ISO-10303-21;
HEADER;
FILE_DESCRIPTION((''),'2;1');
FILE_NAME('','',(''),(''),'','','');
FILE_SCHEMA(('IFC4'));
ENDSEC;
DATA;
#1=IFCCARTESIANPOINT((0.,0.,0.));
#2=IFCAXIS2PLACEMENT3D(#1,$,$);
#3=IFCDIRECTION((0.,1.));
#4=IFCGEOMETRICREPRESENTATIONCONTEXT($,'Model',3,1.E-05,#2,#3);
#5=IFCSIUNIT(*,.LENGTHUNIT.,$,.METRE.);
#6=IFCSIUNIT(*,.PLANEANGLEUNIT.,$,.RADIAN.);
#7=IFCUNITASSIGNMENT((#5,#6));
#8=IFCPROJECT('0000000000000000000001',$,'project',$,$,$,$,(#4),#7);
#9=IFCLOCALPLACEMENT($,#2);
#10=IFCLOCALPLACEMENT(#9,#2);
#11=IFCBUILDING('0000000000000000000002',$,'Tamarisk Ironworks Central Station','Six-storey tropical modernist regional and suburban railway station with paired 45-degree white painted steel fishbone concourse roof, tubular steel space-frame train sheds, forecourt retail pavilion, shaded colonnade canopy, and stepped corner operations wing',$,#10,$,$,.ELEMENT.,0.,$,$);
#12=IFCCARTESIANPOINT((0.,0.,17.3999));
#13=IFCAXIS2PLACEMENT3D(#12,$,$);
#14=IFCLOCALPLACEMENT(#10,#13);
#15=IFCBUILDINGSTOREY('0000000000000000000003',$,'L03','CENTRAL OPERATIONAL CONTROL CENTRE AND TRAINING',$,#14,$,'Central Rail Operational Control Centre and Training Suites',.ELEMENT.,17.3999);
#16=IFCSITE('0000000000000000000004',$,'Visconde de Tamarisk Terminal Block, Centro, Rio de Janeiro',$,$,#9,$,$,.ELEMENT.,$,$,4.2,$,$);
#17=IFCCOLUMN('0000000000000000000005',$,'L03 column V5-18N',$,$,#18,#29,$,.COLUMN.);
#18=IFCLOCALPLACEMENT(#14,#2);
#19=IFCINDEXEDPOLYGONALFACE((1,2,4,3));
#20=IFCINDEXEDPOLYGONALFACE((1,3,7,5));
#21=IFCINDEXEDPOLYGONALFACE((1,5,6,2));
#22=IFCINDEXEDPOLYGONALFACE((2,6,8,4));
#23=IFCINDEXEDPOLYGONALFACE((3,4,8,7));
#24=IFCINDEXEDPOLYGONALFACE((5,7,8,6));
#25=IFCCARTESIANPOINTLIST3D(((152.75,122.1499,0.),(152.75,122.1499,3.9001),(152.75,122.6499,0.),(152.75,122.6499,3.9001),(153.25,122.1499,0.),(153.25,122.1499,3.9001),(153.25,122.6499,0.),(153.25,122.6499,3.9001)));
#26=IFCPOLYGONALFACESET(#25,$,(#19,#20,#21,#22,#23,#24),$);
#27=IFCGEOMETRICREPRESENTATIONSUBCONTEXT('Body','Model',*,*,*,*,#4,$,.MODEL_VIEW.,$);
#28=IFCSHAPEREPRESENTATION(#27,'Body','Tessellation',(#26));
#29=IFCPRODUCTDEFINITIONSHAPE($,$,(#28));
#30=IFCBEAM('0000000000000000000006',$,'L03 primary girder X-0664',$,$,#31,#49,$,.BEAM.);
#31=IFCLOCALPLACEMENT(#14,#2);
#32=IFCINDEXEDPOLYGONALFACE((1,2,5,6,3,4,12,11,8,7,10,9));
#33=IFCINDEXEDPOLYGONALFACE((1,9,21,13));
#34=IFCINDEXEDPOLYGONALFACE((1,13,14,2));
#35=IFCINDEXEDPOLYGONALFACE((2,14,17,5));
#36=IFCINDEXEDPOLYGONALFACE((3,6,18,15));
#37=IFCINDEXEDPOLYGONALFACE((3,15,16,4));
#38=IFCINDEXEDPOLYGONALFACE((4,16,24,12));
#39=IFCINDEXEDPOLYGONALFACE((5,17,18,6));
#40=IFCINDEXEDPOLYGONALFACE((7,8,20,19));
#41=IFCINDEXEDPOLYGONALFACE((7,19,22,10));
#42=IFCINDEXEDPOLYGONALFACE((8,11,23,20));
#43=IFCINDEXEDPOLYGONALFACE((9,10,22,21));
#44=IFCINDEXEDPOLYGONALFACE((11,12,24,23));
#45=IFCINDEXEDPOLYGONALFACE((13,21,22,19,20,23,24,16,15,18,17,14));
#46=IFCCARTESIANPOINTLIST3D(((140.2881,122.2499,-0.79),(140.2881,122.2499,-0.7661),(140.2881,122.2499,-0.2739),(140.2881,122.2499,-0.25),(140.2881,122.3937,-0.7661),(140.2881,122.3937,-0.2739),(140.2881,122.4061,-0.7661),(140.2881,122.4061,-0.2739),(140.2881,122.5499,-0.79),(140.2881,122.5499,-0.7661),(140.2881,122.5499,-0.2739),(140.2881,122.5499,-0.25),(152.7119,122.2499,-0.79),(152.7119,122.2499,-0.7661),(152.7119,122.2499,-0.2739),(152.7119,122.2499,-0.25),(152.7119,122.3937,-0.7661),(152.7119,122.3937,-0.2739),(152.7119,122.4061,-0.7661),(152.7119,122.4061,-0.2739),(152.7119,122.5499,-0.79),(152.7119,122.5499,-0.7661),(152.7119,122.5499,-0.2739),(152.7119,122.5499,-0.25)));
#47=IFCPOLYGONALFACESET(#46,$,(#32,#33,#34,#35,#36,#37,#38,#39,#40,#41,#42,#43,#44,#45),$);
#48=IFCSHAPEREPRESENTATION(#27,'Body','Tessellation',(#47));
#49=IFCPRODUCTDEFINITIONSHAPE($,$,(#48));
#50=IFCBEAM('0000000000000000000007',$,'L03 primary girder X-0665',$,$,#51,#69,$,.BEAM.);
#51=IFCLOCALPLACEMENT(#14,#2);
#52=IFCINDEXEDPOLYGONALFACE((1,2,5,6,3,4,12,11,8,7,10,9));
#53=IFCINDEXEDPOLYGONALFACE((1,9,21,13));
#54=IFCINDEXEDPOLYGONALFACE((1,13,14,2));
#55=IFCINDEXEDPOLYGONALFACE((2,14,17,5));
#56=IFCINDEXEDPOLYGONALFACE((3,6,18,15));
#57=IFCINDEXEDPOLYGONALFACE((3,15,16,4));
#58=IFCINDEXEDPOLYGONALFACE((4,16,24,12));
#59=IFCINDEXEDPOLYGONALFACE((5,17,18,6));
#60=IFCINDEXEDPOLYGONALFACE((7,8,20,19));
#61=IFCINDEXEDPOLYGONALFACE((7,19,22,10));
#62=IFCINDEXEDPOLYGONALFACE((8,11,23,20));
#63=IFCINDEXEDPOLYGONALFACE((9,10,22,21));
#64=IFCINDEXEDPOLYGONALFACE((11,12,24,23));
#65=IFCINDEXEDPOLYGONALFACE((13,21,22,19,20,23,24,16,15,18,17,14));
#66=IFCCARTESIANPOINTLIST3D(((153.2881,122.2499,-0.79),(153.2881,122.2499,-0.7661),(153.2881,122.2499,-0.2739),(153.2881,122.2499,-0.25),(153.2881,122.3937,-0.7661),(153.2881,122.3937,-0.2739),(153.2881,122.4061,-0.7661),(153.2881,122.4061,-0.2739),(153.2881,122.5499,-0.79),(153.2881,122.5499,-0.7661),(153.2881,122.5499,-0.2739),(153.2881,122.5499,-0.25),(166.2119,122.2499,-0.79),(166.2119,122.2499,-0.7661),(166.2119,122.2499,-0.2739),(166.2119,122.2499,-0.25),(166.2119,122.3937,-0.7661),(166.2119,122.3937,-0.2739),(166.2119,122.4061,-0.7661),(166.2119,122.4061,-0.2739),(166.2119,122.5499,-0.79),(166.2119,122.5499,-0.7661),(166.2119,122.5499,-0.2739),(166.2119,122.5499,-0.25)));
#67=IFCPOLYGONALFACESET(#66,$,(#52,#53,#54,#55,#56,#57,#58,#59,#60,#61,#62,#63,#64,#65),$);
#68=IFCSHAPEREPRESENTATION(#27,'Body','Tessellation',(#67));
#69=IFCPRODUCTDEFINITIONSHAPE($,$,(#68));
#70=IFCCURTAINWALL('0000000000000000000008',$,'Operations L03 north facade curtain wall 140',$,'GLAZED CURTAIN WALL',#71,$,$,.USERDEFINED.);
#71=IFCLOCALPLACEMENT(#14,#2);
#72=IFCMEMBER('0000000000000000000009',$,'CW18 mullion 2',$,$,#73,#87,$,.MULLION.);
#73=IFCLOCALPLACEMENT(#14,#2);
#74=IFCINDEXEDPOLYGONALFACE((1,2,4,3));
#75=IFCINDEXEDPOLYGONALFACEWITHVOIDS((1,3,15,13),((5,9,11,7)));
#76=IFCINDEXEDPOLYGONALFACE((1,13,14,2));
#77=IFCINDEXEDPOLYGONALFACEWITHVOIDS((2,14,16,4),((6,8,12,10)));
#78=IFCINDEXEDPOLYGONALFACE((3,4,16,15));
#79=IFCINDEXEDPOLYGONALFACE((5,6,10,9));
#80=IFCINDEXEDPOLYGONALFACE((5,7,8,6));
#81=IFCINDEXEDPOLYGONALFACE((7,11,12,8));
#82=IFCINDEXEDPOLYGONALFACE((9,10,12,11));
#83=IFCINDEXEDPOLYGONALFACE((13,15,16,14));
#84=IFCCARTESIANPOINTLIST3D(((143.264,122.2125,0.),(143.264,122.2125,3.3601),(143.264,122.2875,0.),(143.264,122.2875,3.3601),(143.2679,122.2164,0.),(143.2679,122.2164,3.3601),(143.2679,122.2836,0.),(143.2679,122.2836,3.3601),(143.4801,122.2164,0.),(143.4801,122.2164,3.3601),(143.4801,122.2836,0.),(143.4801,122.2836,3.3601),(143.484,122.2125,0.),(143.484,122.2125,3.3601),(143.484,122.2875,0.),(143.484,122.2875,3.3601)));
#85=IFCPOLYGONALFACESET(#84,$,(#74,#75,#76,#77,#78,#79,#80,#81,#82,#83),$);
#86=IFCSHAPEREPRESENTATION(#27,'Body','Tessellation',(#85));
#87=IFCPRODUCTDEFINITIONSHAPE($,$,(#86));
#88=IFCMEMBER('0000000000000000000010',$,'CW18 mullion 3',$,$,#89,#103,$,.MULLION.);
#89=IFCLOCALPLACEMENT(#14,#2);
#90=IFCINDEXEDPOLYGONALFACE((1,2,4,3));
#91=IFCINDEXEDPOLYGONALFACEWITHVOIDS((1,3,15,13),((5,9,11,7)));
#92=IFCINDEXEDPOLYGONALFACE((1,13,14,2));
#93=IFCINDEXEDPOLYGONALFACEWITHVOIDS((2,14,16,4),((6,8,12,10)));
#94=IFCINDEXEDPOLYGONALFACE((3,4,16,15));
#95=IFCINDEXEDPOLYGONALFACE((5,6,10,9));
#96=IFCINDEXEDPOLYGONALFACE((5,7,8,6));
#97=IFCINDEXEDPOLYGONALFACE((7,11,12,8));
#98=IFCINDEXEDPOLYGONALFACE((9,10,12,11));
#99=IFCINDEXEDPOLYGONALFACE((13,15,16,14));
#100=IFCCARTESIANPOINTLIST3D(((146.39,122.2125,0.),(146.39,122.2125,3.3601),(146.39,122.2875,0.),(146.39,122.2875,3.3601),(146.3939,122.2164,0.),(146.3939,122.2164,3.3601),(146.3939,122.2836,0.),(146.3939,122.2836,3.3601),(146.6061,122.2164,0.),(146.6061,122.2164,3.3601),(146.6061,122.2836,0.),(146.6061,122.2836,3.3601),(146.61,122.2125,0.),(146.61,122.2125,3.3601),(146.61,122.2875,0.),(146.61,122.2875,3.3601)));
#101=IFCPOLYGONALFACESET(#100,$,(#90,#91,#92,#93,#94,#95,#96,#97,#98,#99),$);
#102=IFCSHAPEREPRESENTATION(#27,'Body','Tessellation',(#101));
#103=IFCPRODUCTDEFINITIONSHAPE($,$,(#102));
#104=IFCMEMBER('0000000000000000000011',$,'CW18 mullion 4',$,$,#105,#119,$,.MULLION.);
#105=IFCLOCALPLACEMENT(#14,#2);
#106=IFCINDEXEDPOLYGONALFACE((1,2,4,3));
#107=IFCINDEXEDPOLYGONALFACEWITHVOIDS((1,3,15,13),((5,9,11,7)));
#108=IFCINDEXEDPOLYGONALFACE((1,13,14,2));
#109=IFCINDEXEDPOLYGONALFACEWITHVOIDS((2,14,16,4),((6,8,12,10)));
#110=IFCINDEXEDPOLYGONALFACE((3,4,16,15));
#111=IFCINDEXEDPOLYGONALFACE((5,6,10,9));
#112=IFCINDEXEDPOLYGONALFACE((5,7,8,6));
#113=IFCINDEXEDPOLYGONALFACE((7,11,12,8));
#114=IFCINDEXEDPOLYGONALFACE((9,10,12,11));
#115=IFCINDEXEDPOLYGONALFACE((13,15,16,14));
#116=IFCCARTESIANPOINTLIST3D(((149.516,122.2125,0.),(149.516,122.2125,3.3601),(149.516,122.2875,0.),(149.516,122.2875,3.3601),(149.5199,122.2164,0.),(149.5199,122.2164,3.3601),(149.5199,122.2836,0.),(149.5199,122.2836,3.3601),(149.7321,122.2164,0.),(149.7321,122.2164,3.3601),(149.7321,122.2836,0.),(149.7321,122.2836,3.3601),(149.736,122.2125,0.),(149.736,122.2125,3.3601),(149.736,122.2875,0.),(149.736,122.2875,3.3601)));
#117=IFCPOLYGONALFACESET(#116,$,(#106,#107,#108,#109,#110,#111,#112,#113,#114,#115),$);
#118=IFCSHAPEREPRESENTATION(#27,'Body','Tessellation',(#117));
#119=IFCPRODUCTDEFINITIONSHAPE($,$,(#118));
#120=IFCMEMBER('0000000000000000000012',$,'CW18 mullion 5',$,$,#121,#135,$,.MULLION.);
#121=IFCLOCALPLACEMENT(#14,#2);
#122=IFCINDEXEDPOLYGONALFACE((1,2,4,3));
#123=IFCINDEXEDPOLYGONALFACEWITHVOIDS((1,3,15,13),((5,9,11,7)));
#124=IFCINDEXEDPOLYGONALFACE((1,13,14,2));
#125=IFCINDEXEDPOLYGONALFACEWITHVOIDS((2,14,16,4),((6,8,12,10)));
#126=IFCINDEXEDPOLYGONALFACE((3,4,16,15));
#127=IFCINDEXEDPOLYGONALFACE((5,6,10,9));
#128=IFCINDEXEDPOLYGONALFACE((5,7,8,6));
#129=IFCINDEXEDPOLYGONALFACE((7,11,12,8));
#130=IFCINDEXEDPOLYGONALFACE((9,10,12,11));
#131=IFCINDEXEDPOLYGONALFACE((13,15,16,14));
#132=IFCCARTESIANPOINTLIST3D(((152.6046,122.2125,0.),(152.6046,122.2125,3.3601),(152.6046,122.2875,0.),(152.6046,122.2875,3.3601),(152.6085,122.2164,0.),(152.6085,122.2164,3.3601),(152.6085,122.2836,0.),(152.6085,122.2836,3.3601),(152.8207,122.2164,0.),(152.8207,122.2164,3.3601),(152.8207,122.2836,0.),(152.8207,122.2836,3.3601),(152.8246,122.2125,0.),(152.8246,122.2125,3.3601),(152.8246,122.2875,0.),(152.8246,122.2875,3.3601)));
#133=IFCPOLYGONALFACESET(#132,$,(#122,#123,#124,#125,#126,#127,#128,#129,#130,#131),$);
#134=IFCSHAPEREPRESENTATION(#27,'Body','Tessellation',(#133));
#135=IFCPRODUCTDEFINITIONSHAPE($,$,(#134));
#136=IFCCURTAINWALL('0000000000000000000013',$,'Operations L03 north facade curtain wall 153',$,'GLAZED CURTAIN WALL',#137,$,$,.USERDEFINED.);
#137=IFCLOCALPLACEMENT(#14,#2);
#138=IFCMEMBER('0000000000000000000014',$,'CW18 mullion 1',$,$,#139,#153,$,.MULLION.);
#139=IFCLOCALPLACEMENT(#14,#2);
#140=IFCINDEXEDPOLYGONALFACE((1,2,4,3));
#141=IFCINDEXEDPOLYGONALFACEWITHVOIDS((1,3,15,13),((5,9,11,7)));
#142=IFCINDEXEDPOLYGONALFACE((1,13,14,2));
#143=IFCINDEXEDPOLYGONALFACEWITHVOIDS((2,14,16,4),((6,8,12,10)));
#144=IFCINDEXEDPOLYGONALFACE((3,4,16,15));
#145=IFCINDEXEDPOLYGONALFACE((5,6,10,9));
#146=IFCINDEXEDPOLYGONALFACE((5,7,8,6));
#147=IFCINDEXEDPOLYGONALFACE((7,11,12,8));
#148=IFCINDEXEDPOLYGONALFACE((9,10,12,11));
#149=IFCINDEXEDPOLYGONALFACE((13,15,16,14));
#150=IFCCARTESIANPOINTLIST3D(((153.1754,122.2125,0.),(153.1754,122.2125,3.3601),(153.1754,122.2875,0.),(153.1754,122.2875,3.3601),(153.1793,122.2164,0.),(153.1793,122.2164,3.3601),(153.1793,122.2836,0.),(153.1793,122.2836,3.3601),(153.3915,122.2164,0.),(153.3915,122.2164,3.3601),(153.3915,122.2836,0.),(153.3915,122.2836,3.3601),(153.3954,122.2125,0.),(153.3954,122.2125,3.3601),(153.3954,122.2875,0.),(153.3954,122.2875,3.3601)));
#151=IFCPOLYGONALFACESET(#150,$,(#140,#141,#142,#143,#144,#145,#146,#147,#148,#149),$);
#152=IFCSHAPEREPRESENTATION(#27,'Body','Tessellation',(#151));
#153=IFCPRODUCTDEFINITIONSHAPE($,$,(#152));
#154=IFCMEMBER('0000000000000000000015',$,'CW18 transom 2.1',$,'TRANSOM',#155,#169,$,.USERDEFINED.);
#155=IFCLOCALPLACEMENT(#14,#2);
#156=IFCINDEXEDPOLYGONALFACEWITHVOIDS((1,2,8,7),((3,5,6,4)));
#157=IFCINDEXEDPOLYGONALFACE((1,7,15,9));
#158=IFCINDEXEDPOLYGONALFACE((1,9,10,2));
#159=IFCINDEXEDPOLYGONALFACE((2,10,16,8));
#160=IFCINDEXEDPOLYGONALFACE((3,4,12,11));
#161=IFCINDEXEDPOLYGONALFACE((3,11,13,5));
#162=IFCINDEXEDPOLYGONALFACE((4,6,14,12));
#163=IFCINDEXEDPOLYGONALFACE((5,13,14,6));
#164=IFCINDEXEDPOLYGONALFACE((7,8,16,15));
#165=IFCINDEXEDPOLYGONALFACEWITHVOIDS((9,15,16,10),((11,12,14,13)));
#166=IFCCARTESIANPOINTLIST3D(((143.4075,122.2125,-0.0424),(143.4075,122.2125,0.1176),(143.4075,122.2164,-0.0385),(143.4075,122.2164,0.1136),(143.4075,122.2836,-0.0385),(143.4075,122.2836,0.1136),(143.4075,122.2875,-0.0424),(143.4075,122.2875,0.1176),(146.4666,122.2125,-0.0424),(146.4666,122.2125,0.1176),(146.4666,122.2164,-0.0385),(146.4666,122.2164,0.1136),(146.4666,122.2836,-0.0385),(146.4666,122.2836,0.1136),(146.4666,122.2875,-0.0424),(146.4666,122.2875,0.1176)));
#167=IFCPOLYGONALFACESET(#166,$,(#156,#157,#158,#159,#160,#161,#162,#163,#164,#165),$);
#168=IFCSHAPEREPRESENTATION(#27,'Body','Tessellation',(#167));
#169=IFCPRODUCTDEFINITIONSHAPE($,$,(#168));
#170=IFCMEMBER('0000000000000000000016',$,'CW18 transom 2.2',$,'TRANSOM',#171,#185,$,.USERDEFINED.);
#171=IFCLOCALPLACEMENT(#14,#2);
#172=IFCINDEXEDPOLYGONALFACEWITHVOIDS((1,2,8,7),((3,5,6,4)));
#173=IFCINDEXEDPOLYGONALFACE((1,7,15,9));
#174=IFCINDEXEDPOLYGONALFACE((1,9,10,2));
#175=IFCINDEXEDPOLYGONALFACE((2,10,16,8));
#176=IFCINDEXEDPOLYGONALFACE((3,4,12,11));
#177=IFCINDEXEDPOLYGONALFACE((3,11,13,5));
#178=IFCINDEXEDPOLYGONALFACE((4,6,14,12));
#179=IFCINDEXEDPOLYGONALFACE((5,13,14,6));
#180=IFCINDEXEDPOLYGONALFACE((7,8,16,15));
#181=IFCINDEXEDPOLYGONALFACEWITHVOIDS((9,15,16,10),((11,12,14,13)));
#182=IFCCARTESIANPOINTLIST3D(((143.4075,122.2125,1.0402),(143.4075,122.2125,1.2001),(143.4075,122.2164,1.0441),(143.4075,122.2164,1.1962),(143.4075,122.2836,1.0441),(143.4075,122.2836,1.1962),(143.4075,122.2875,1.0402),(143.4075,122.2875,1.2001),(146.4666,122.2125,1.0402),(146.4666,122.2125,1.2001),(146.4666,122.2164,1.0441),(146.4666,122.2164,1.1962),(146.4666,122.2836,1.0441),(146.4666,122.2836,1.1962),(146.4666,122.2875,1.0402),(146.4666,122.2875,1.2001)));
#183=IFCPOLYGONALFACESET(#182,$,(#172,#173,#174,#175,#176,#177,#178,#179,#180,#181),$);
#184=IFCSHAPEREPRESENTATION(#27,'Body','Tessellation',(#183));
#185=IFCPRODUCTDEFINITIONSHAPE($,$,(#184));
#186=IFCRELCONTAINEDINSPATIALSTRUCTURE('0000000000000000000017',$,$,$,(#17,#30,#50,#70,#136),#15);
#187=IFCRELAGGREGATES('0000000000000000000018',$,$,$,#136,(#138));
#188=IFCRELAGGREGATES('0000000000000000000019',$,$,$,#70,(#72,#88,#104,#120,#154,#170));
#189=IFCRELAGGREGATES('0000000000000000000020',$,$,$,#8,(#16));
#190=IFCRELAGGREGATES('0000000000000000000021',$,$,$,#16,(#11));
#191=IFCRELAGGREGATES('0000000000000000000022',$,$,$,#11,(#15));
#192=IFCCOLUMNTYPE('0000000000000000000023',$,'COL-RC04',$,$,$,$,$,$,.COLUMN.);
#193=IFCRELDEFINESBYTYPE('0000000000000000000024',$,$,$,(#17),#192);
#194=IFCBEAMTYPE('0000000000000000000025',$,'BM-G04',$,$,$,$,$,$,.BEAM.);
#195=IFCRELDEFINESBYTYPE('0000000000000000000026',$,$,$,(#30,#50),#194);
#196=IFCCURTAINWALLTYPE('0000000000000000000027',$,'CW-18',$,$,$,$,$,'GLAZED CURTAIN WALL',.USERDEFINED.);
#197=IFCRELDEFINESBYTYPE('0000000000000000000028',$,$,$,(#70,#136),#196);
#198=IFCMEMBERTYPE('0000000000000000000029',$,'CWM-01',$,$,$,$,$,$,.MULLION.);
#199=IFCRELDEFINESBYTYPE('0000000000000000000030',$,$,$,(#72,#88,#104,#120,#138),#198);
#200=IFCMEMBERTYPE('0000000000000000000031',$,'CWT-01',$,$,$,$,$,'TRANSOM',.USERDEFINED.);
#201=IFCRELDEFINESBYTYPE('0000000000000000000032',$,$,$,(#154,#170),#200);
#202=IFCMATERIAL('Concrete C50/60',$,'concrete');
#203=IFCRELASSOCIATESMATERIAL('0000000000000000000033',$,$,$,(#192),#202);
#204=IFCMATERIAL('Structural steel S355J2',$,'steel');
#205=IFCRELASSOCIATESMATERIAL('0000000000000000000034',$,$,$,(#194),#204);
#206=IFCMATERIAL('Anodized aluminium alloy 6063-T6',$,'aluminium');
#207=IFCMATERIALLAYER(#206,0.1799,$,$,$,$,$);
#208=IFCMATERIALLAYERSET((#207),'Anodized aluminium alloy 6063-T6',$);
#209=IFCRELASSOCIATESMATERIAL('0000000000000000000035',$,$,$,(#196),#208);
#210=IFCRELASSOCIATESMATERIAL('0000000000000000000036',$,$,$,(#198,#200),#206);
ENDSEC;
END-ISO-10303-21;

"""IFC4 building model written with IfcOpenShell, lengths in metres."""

from ifc_helpers import new_model, si_unit, direction, frame, origin, origin_2d, place, context, subcontext, project, spatial, rectangle, hollow_rectangle, i_section, extrude, material, layer, layer_set, material_profile, profile_set, type_object, element, aggregate, save


model = new_model("IFC4")

# Units and contexts
model_context = context("Model", 3, precision=1e-05, world=origin(), true_north=direction((0.0, 1.0)))
body_context = subcontext(model_context, "Body", "Model", "MODEL_VIEW")
ifc_project = project(units=[si_unit("LENGTHUNIT", "METRE"), si_unit("PLANEANGLEUNIT", "RADIAN")], contexts=[model_context])

# Site, building, storey
site_placement = place(None, origin())
site = spatial("IfcSite", under=ifc_project, at=site_placement, Name="Visconde de Tamarisk Terminal Block, Centro, Rio de Janeiro", CompositionType="ELEMENT", RefElevation=4.2)
building_placement = place(site_placement, origin())
building = spatial("IfcBuilding", under=site, at=building_placement, Name="Tamarisk Ironworks Central Station", Description="Six-storey tropical modernist regional and suburban railway station with paired 45-degree white painted steel fishbone concourse roof, tubular steel space-frame train sheds, forecourt retail pavilion, shaded colonnade canopy, and stepped corner operations wing", CompositionType="ELEMENT", ElevationOfRefHeight=0.0)
storey_placement = place(building_placement, frame((0.0, 0.0, 17.3999)))
storey = spatial("IfcBuildingStorey", under=building, at=storey_placement, Name="L03", Description="CENTRAL OPERATIONAL CONTROL CENTRE AND TRAINING", LongName="Central Rail Operational Control Centre and Training Suites", CompositionType="ELEMENT", Elevation=17.3999)

# Column
ifc_material_1 = material(Name="Concrete C50/60", Category="concrete")
ifc_material_profile_1 = material_profile(ifc_material_1, rectangle(XDim=0.5, YDim=0.5, at=origin_2d()), Name="RC 500x500")
ifc_profile_set_1 = profile_set([ifc_material_profile_1], Name="Concrete C50/60")
column_type = type_object("IfcColumnType", Name="COL-RC04", PredefinedType="COLUMN", material=ifc_profile_set_1)
column_placement = place(storey_placement, frame((153.0, 122.3999, 0.0), z_axis=(0.0, 0.0, 1.0), x_axis=(1.0, 0.0, 0.0)))
element("IfcColumn", 1, at=column_placement, inside=storey, type_object=column_type, Name="L03 column V5-18N", PredefinedType="COLUMN", context=body_context, shape_type="SweptSolid", body=[
    extrude(rectangle(XDim=0.5, YDim=0.5, at=origin_2d()), origin(), (0.0, 0.0, 1.0), 3.9001),
])

# Beams
ifc_material_2 = material(Name="Structural steel S355J2", Category="steel")
ifc_material_profile_2 = material_profile(ifc_material_2, i_section(OverallWidth=0.3, OverallDepth=0.54, WebThickness=0.0125, FlangeThickness=0.0239, at=origin_2d()), Name="HEA 550")
ifc_profile_set_2 = profile_set([ifc_material_profile_2], Name="Structural steel S355J2")
beam_type = type_object("IfcBeamType", Name="BM-G04", PredefinedType="BEAM", material=ifc_profile_set_2)
beam_1_placement = place(storey_placement, frame((140.2881, 122.3999, -0.52), z_axis=(1.0, 0.0, 0.0), x_axis=(0.0, 1.0, 0.0)))
element("IfcBeam", 2, at=beam_1_placement, inside=storey, type_object=beam_type, Name="L03 primary girder X-0664", PredefinedType="BEAM", context=body_context, shape_type="SweptSolid", body=[
    extrude(i_section(OverallWidth=0.3, OverallDepth=0.54, WebThickness=0.0125, FlangeThickness=0.0239, at=origin_2d()), origin(), (0.0, 0.0, 1.0), 12.4238),
])
beam_2_placement = place(storey_placement, frame((153.2881, 122.3999, -0.52), z_axis=(1.0, 0.0, 0.0), x_axis=(0.0, 1.0, 0.0)))
element("IfcBeam", 3, at=beam_2_placement, inside=storey, type_object=beam_type, Name="L03 primary girder X-0665", PredefinedType="BEAM", context=body_context, shape_type="SweptSolid", body=[
    extrude(i_section(OverallWidth=0.3, OverallDepth=0.54, WebThickness=0.0125, FlangeThickness=0.0239, at=origin_2d()), origin(), (0.0, 0.0, 1.0), 12.9238),
])

# Curtain wall, members
ifc_material_3 = material(Name="Anodized aluminium alloy 6063-T6", Category="aluminium")
ifc_layer_1 = layer(ifc_material_3, 0.1799)
ifc_layer_set_1 = layer_set([ifc_layer_1], Name="Anodized aluminium alloy 6063-T6")
curtain_wall_type = type_object("IfcCurtainWallType", Name="CW-18", ElementType="GLAZED CURTAIN WALL", PredefinedType="USERDEFINED", material=ifc_layer_set_1)
curtain_wall_1_placement = place(storey_placement, origin())
curtain_wall_1 = element("IfcCurtainWall", 4, at=curtain_wall_1_placement, inside=storey, type_object=curtain_wall_type, Name="Operations L03 north facade curtain wall 140", ObjectType="GLAZED CURTAIN WALL", PredefinedType="USERDEFINED")
ifc_material_profile_3 = material_profile(ifc_material_3, hollow_rectangle(XDim=0.075, YDim=0.22, WallThickness=0.0039, at=origin_2d()), Name="ALUM 220x75")
ifc_profile_set_3 = profile_set([ifc_material_profile_3], Name="Anodized aluminium alloy 6063-T6")
member_type_1 = type_object("IfcMemberType", Name="CWM-01", PredefinedType="MULLION", material=ifc_profile_set_3)
member_1_placement = place(storey_placement, frame((143.374, 122.25, 0.0), z_axis=(0.0, 0.0, 1.0), x_axis=(0.0, 1.0, 0.0)))
member_1 = element("IfcMember", 5, at=member_1_placement, type_object=member_type_1, Name="CW18 mullion 2", PredefinedType="MULLION", context=body_context, shape_type="SweptSolid", body=[
    extrude(hollow_rectangle(XDim=0.075, YDim=0.22, WallThickness=0.0039, at=origin_2d()), origin(), (0.0, 0.0, 1.0), 3.3601),
])
member_2_placement = place(storey_placement, frame((146.5, 122.25, 0.0), z_axis=(0.0, 0.0, 1.0), x_axis=(0.0, 1.0, 0.0)))
member_2 = element("IfcMember", 6, at=member_2_placement, type_object=member_type_1, Name="CW18 mullion 3", PredefinedType="MULLION", context=body_context, shape_type="SweptSolid", body=[
    extrude(hollow_rectangle(XDim=0.075, YDim=0.22, WallThickness=0.0039, at=origin_2d()), origin(), (0.0, 0.0, 1.0), 3.3601),
])
member_3_placement = place(storey_placement, frame((149.626, 122.25, 0.0), z_axis=(0.0, 0.0, 1.0), x_axis=(0.0, 1.0, 0.0)))
member_3 = element("IfcMember", 7, at=member_3_placement, type_object=member_type_1, Name="CW18 mullion 4", PredefinedType="MULLION", context=body_context, shape_type="SweptSolid", body=[
    extrude(hollow_rectangle(XDim=0.075, YDim=0.22, WallThickness=0.0039, at=origin_2d()), origin(), (0.0, 0.0, 1.0), 3.3601),
])
member_4_placement = place(storey_placement, frame((152.7146, 122.25, 0.0), z_axis=(0.0, 0.0, 1.0), x_axis=(0.0, 1.0, 0.0)))
member_4 = element("IfcMember", 8, at=member_4_placement, type_object=member_type_1, Name="CW18 mullion 5", PredefinedType="MULLION", context=body_context, shape_type="SweptSolid", body=[
    extrude(hollow_rectangle(XDim=0.075, YDim=0.22, WallThickness=0.0039, at=origin_2d()), origin(), (0.0, 0.0, 1.0), 3.3601),
])

# Curtain wall, member
curtain_wall_2_placement = place(storey_placement, origin())
curtain_wall_2 = element("IfcCurtainWall", 9, at=curtain_wall_2_placement, inside=storey, type_object=curtain_wall_type, Name="Operations L03 north facade curtain wall 153", ObjectType="GLAZED CURTAIN WALL", PredefinedType="USERDEFINED")
member_5_placement = place(storey_placement, frame((153.2854, 122.25, 0.0), z_axis=(0.0, 0.0, 1.0), x_axis=(0.0, 1.0, 0.0)))
member_5 = element("IfcMember", 10, at=member_5_placement, type_object=member_type_1, Name="CW18 mullion 1", PredefinedType="MULLION", context=body_context, shape_type="SweptSolid", body=[
    extrude(hollow_rectangle(XDim=0.075, YDim=0.22, WallThickness=0.0039, at=origin_2d()), origin(), (0.0, 0.0, 1.0), 3.3601),
])

# Members
ifc_material_profile_4 = material_profile(ifc_material_3, hollow_rectangle(XDim=0.075, YDim=0.1599, WallThickness=0.0039, at=origin_2d()), Name="ALUM 160x75")
ifc_profile_set_4 = profile_set([ifc_material_profile_4], Name="Anodized aluminium alloy 6063-T6")
member_type_2 = type_object("IfcMemberType", Name="CWT-01", ElementType="TRANSOM", PredefinedType="USERDEFINED", material=ifc_profile_set_4)
member_6_placement = place(storey_placement, frame((143.4075, 122.25, 0.0376), z_axis=(1.0, 0.0, 0.0), x_axis=(0.0, 1.0, 0.0)))
member_6 = element("IfcMember", 11, at=member_6_placement, type_object=member_type_2, Name="CW18 transom 2.1", ObjectType="TRANSOM", PredefinedType="USERDEFINED", context=body_context, shape_type="SweptSolid", body=[
    extrude(hollow_rectangle(XDim=0.075, YDim=0.1599, WallThickness=0.0039, at=origin_2d()), origin(), (0.0, 0.0, 1.0), 3.0591),
])
member_7_placement = place(storey_placement, frame((143.4075, 122.25, 1.1201), z_axis=(1.0, 0.0, 0.0), x_axis=(0.0, 1.0, 0.0)))
member_7 = element("IfcMember", 12, at=member_7_placement, type_object=member_type_2, Name="CW18 transom 2.2", ObjectType="TRANSOM", PredefinedType="USERDEFINED", context=body_context, shape_type="SweptSolid", body=[
    extrude(hollow_rectangle(XDim=0.075, YDim=0.1599, WallThickness=0.0039, at=origin_2d()), origin(), (0.0, 0.0, 1.0), 3.0591),
])
aggregate(curtain_wall_2, [member_5])

aggregate(curtain_wall_1, [member_1, member_2, member_3, member_4, member_6, member_7])

save(model, "model.ifc")
